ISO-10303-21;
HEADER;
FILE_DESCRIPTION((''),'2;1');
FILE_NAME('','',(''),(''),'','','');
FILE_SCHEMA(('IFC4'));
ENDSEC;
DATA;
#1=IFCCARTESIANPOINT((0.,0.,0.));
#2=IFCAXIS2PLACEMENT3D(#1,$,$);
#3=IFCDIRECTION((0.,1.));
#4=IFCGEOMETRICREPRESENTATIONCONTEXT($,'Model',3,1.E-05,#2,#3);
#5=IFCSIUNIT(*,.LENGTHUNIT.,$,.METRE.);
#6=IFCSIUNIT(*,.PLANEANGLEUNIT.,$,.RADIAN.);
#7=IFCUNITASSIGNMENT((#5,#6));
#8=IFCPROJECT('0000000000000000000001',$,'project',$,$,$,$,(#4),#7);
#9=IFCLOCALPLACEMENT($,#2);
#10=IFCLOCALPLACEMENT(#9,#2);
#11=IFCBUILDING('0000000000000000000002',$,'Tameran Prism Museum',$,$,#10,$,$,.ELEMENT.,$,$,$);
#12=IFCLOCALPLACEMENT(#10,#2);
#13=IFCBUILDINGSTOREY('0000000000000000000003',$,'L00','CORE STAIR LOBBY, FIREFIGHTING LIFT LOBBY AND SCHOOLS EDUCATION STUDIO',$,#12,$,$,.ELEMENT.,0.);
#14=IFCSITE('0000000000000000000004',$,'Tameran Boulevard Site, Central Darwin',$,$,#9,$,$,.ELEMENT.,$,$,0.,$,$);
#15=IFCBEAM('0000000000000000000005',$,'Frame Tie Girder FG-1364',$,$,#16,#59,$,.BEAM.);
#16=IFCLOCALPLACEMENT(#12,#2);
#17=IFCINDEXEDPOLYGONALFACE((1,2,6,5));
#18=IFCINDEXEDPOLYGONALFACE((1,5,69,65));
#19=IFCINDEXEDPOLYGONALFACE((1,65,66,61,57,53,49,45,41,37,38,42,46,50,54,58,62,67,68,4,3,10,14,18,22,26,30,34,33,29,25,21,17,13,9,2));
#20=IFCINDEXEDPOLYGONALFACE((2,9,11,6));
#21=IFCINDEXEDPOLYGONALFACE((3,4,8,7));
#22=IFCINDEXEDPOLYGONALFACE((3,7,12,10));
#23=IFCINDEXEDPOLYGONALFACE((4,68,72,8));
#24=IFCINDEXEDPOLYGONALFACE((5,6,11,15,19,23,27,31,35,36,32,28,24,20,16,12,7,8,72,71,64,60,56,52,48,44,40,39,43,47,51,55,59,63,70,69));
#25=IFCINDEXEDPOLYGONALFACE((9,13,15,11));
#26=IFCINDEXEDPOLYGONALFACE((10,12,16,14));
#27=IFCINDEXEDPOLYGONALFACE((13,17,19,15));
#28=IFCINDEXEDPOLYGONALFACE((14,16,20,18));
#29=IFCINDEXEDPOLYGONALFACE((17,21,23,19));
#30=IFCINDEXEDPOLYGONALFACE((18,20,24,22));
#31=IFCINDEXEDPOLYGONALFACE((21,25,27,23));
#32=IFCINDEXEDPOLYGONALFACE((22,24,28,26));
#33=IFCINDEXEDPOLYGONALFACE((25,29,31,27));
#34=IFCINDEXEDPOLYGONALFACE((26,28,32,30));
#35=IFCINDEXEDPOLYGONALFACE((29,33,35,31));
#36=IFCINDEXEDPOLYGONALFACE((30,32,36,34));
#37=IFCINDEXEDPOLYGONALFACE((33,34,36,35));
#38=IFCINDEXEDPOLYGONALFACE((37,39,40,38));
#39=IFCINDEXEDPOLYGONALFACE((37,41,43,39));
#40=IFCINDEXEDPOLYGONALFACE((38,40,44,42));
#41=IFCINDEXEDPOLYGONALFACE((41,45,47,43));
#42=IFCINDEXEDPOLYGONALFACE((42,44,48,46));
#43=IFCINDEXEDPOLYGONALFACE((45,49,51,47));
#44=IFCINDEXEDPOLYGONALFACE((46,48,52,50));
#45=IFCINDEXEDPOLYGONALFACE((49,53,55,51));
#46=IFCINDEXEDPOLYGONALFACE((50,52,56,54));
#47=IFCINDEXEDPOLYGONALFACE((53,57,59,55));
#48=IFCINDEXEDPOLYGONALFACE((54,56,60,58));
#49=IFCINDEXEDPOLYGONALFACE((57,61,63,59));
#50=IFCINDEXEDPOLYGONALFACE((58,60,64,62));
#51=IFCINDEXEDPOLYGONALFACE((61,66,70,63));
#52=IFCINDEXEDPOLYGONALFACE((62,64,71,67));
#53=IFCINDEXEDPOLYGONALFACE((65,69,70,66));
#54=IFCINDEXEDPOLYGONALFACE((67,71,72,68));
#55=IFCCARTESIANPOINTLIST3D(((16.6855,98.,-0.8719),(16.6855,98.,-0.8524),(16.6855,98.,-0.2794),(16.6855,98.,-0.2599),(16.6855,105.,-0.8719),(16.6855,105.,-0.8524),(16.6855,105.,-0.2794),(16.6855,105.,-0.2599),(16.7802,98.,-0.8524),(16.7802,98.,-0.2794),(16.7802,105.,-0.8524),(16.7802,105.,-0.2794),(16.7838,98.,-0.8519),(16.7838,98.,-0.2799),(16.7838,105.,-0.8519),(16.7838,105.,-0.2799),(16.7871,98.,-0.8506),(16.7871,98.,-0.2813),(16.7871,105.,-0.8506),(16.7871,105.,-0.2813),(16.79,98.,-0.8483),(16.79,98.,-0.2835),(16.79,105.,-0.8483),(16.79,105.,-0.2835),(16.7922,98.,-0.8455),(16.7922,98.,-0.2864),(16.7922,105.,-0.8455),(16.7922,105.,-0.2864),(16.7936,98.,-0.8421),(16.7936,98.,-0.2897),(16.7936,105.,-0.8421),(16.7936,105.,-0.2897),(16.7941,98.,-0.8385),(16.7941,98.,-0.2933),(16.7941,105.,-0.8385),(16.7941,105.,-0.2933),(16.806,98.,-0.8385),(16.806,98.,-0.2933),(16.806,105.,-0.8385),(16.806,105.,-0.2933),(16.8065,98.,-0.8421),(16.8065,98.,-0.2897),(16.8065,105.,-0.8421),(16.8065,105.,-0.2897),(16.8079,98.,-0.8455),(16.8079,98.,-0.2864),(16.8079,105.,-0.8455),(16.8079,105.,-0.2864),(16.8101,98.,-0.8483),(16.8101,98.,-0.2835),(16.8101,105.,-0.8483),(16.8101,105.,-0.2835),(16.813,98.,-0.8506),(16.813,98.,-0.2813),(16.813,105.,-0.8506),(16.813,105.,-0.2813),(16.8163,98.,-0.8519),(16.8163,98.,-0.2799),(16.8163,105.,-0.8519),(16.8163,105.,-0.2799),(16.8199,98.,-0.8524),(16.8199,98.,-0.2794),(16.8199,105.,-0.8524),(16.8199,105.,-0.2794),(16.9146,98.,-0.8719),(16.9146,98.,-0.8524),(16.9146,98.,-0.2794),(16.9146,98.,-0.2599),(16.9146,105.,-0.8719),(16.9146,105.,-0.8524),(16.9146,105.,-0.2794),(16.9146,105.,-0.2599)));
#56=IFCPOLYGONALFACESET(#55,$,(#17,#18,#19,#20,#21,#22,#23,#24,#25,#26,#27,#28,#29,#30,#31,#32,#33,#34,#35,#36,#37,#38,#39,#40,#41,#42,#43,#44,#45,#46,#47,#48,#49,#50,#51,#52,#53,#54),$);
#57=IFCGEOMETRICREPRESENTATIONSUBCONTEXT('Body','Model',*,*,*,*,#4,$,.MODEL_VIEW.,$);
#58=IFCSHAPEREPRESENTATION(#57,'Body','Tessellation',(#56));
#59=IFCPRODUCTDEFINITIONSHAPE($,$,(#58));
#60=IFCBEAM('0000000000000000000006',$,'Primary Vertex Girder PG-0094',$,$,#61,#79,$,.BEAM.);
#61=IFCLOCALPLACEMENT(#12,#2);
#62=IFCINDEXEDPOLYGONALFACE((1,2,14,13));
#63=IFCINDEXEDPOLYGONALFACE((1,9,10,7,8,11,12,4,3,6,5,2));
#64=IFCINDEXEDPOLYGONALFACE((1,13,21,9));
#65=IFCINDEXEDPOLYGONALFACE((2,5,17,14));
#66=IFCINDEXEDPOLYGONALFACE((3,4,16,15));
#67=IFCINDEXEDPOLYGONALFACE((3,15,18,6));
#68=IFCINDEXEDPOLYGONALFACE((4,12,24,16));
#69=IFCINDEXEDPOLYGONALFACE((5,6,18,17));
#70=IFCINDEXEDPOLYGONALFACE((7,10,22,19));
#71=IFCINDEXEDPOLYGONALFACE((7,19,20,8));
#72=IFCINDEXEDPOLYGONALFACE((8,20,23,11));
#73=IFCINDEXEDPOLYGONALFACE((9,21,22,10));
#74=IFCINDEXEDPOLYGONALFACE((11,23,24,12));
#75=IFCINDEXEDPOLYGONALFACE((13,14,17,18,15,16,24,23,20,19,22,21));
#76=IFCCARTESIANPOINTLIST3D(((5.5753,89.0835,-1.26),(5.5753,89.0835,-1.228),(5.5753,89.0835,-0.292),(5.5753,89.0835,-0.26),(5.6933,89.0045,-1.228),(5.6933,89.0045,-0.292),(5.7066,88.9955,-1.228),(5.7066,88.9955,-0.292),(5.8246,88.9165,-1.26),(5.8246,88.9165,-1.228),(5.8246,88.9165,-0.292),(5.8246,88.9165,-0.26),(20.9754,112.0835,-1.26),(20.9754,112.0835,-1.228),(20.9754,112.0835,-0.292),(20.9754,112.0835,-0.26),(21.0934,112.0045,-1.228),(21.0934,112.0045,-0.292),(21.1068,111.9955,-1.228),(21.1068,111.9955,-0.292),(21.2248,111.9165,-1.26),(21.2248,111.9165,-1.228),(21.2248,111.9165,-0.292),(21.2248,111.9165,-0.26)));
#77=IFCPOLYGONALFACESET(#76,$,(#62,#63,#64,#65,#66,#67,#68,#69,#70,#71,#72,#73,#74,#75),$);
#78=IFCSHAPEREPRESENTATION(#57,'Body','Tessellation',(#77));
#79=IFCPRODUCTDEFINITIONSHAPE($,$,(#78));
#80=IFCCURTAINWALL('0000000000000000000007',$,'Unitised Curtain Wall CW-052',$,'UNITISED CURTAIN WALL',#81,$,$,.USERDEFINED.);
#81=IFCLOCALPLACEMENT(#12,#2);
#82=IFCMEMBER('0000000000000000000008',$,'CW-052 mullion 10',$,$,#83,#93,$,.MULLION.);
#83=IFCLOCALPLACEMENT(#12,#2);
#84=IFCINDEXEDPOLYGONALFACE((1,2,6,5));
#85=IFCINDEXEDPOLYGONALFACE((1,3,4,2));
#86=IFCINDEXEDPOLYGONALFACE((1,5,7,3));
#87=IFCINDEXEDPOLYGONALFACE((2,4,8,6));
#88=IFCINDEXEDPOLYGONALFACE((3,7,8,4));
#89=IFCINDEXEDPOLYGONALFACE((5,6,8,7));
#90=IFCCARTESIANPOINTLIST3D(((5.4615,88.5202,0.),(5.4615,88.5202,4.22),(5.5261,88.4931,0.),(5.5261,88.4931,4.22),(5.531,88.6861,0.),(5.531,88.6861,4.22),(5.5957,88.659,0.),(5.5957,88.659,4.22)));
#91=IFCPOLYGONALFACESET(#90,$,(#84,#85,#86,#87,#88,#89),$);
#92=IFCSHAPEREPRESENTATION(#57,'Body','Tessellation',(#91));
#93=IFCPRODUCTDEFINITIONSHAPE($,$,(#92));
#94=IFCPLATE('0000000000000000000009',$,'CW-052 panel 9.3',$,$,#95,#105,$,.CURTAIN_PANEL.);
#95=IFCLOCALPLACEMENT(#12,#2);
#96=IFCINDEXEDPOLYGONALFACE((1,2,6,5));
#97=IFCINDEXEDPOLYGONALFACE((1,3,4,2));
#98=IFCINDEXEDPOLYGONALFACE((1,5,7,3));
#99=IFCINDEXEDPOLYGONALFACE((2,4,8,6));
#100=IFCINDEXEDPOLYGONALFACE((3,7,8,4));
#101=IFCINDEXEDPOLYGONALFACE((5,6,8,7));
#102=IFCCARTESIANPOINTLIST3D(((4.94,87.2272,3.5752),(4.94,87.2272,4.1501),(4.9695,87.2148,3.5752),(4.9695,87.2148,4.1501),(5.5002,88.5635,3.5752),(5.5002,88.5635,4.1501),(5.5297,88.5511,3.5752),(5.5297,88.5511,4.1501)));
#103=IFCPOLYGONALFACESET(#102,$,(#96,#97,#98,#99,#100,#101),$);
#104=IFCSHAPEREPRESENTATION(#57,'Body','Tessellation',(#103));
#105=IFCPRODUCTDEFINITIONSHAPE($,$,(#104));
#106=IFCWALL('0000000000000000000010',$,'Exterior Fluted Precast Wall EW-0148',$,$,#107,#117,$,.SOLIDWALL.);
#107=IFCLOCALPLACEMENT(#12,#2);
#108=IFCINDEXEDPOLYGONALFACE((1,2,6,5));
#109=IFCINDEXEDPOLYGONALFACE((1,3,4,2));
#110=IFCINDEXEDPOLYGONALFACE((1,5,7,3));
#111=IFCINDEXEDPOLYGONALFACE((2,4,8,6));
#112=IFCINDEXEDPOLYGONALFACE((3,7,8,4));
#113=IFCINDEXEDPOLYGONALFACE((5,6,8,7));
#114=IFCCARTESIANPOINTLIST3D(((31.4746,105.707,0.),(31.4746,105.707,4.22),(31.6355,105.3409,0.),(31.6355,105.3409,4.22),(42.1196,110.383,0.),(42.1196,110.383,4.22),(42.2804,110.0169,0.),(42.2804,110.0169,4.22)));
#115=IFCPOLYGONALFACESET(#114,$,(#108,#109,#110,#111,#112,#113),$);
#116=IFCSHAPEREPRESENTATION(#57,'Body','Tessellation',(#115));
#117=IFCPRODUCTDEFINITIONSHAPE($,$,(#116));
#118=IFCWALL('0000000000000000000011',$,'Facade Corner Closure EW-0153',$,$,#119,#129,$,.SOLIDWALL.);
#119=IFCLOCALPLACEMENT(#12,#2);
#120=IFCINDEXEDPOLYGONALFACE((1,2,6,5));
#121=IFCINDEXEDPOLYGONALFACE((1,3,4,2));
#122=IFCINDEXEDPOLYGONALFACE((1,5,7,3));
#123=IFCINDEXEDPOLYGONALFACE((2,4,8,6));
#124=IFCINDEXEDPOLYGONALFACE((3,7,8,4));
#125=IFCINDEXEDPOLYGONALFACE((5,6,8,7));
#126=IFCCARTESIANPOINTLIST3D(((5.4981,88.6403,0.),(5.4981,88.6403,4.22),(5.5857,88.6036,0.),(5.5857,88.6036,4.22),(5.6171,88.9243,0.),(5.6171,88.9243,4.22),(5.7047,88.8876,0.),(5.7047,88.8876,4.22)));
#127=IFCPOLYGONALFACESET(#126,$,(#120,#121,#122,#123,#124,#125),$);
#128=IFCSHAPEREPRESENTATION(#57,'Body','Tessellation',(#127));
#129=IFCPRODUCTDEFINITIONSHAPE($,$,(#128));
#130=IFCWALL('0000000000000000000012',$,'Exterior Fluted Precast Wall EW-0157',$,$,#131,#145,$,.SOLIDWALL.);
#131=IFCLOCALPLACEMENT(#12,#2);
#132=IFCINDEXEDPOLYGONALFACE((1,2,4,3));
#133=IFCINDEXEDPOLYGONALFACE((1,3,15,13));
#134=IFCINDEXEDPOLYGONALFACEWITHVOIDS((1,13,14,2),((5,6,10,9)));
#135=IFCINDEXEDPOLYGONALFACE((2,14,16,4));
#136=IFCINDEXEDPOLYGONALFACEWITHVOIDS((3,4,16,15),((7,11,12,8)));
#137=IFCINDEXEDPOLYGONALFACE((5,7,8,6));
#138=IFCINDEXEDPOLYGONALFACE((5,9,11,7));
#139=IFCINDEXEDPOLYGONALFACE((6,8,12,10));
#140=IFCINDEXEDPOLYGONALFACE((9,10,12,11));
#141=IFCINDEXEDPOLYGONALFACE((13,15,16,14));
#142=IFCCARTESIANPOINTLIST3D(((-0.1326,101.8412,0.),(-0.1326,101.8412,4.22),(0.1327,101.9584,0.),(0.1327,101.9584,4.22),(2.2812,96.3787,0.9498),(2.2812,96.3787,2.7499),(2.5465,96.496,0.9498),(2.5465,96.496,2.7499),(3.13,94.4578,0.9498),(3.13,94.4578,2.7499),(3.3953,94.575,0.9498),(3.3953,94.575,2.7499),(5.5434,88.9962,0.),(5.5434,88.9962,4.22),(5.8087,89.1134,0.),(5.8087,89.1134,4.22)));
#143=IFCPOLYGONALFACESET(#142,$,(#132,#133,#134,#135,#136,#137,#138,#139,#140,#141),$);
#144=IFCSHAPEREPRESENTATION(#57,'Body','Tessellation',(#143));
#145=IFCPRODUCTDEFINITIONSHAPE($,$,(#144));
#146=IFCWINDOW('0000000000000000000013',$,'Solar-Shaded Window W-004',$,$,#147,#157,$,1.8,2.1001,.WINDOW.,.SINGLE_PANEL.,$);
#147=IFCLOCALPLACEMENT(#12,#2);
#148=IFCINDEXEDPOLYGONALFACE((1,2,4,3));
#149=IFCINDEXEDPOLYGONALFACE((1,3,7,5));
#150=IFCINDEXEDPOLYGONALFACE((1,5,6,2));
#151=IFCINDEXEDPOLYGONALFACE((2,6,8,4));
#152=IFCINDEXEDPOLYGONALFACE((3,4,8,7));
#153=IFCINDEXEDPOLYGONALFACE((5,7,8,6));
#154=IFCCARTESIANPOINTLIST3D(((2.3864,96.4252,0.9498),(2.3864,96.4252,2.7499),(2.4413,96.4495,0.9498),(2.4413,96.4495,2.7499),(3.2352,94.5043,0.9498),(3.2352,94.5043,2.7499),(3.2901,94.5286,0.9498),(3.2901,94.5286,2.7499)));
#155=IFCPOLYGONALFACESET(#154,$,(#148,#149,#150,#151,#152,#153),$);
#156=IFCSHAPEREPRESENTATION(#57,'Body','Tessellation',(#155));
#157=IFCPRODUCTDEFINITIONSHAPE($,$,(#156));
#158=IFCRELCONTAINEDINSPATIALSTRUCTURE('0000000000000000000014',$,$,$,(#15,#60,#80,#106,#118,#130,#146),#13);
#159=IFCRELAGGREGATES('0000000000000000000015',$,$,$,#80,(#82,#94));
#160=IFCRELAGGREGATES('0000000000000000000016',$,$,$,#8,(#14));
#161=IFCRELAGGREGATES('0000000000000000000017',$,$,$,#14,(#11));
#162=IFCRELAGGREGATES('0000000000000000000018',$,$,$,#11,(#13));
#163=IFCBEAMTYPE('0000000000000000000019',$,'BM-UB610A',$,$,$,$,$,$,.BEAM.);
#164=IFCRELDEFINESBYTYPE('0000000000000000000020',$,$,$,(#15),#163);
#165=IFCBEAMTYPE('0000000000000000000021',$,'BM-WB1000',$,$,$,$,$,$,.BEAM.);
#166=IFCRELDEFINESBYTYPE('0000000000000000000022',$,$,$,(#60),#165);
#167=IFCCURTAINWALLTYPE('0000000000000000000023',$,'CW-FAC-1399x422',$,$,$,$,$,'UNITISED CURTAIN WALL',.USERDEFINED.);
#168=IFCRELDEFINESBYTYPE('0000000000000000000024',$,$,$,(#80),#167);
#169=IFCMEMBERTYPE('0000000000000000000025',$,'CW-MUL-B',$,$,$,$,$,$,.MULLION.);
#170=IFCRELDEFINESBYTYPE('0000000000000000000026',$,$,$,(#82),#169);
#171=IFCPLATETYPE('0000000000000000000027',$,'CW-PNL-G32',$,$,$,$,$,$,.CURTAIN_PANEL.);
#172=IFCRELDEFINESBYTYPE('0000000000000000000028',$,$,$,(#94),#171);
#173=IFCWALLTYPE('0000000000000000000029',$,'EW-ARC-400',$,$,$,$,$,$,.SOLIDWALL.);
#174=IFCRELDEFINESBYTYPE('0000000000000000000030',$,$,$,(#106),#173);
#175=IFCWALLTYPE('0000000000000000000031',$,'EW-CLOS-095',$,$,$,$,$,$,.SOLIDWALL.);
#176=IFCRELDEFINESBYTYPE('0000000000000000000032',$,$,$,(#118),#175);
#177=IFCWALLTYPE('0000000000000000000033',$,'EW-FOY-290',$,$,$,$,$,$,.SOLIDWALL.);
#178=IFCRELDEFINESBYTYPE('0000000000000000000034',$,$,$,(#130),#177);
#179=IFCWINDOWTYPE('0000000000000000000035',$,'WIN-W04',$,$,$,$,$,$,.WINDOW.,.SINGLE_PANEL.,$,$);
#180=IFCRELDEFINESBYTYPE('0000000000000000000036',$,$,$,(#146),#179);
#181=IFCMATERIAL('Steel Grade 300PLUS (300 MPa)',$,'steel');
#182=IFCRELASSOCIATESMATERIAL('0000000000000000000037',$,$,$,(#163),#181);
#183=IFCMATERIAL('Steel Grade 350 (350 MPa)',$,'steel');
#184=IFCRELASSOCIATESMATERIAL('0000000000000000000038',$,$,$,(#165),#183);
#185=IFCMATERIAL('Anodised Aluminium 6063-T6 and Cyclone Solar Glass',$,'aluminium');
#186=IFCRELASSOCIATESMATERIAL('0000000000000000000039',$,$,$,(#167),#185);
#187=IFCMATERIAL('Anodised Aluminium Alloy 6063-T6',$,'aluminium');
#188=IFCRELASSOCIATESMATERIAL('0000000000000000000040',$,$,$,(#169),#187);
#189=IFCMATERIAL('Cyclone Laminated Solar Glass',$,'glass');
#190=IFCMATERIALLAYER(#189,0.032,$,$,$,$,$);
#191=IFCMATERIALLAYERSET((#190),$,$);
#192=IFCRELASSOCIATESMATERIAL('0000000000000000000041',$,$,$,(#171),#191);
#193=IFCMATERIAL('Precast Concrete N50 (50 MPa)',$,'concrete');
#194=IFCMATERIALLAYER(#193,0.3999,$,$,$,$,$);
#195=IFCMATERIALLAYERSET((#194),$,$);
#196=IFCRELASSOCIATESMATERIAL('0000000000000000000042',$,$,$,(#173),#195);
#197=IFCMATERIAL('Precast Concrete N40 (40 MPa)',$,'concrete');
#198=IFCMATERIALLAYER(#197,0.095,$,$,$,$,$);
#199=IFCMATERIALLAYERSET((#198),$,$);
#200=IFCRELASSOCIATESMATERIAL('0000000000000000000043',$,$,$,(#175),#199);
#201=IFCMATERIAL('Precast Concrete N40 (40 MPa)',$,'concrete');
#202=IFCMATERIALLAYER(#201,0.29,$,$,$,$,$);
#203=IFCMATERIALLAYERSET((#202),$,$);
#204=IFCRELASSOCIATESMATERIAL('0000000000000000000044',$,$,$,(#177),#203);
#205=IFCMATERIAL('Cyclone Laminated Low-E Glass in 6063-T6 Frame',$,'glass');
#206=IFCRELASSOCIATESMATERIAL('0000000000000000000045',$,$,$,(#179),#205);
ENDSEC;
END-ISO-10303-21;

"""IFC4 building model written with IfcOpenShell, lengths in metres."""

from ifc_helpers import new_model, si_unit, direction, frame, frame_2d, origin, origin_2d, place, context, subcontext, project, spatial, rectangle, i_section, extrude, material, layer, layer_set, material_profile, profile_set, type_object, element, fill, aggregate, save


model = new_model("IFC4")

# Units and contexts
model_context = context("Model", 3, precision=1e-05, world=origin(), true_north=direction((0.0, 1.0)))
body_context = subcontext(model_context, "Body", "Model", "MODEL_VIEW")
ifc_project = project(units=[si_unit("LENGTHUNIT", "METRE"), si_unit("PLANEANGLEUNIT", "RADIAN")], contexts=[model_context])

# Site, building, storey
site_placement = place(None, origin())
site = spatial("IfcSite", under=ifc_project, at=site_placement, Name="Tameran Boulevard Site, Central Darwin", CompositionType="ELEMENT", RefElevation=0.0)
building_placement = place(site_placement, origin())
building = spatial("IfcBuilding", under=site, at=building_placement, Name="Tameran Prism Museum", CompositionType="ELEMENT")
storey_placement = place(building_placement, origin())
storey = spatial("IfcBuildingStorey", under=building, at=storey_placement, Name="L00", Description="CORE STAIR LOBBY, FIREFIGHTING LIFT LOBBY AND SCHOOLS EDUCATION STUDIO", CompositionType="ELEMENT", Elevation=0.0)

# Beams
ifc_material_1 = material(Name="Steel Grade 300PLUS (300 MPa)", Category="steel")
ifc_material_profile_1 = material_profile(ifc_material_1, i_section(OverallWidth=0.229, OverallDepth=0.6121, WebThickness=0.012, FlangeThickness=0.0195, FilletRadius=0.0139, at=origin_2d()))
ifc_profile_set_1 = profile_set([ifc_material_profile_1])
beam_type_1 = type_object("IfcBeamType", Name="BM-UB610A", PredefinedType="BEAM", material=ifc_profile_set_1)
beam_1_placement = place(storey_placement, frame((16.8, 98.0, -0.5659), z_axis=(0.0, 1.0, 0.0), x_axis=(-1.0, 0.0, 0.0)))
element("IfcBeam", 1, at=beam_1_placement, inside=storey, type_object=beam_type_1, Name="Frame Tie Girder FG-1364", PredefinedType="BEAM", context=body_context, shape_type="SweptSolid", body=[
    extrude(i_section(OverallWidth=0.229, OverallDepth=0.6121, WebThickness=0.012, FlangeThickness=0.0195, FilletRadius=0.0139, at=origin_2d()), origin(), (0.0, 0.0, 1.0), 7.0),
])
ifc_material_2 = material(Name="Steel Grade 350 (350 MPa)", Category="steel")
ifc_material_profile_2 = material_profile(ifc_material_2, i_section(OverallWidth=0.3, OverallDepth=1.0, WebThickness=0.0161, FlangeThickness=0.032, at=origin_2d()))
ifc_profile_set_2 = profile_set([ifc_material_profile_2])
beam_type_2 = type_object("IfcBeamType", Name="BM-WB1000", PredefinedType="BEAM", material=ifc_profile_set_2)
beam_2_placement = place(storey_placement, frame((5.7, 89.0, -0.76), z_axis=(0.55637, 0.830935, 0.0), x_axis=(-0.830935, 0.55637, 0.0)))
element("IfcBeam", 2, at=beam_2_placement, inside=storey, type_object=beam_type_2, Name="Primary Vertex Girder PG-0094", PredefinedType="BEAM", context=body_context, shape_type="SweptSolid", body=[
    extrude(i_section(OverallWidth=0.3, OverallDepth=1.0, WebThickness=0.0161, FlangeThickness=0.032, at=origin_2d()), origin(), (0.0, 0.0, 1.0), 27.6797),
])

# Curtain wall, member, plate
ifc_material_3 = material(Name="Anodised Aluminium 6063-T6 and Cyclone Solar Glass", Category="aluminium")
curtain_wall_type = type_object("IfcCurtainWallType", Name="CW-FAC-1399x422", ElementType="UNITISED CURTAIN WALL", PredefinedType="USERDEFINED", material=ifc_material_3)
curtain_wall_placement = place(storey_placement, origin())
curtain_wall = element("IfcCurtainWall", 3, at=curtain_wall_placement, inside=storey, type_object=curtain_wall_type, Name="Unitised Curtain Wall CW-052", ObjectType="UNITISED CURTAIN WALL", PredefinedType="USERDEFINED")
ifc_material_4 = material(Name="Anodised Aluminium Alloy 6063-T6", Category="aluminium")
ifc_material_profile_3 = material_profile(ifc_material_4, rectangle(XDim=0.0701, YDim=0.1799, at=origin_2d()))
ifc_profile_set_3 = profile_set([ifc_material_profile_3])
member_type = type_object("IfcMemberType", Name="CW-MUL-B", PredefinedType="MULLION", material=ifc_profile_set_3)
member_placement = place(storey_placement, frame((5.5286, 88.5896, 0.0), z_axis=(0.0, 0.0, 1.0), x_axis=(-0.922252, 0.386589, 0.0)))
member = element("IfcMember", 4, at=member_placement, type_object=member_type, Name="CW-052 mullion 10", PredefinedType="MULLION", context=body_context, shape_type="SweptSolid", body=[
    extrude(rectangle(XDim=0.0701, YDim=0.1799, at=origin_2d()), origin(), (0.0, 0.0, 1.0), 4.22),
])
ifc_material_5 = material(Name="Cyclone Laminated Solar Glass", Category="glass")
ifc_layer_1 = layer(ifc_material_5, 0.032)
ifc_layer_set_1 = layer_set([ifc_layer_1])
plate_type = type_object("IfcPlateType", Name="CW-PNL-G32", PredefinedType="CURTAIN_PANEL", material=ifc_layer_set_1)
plate_placement = place(storey_placement, frame((5.2349, 87.8892, 3.5752), z_axis=(0.0, 0.0, 1.0), x_axis=(0.386589, 0.922252, 0.0)))
plate = element("IfcPlate", 5, at=plate_placement, type_object=plate_type, Name="CW-052 panel 9.3", PredefinedType="CURTAIN_PANEL", context=body_context, shape_type="SweptSolid", body=[
    extrude(rectangle(XDim=1.449, YDim=0.032, at=origin_2d()), origin(), (0.0, 0.0, 1.0), 0.575),
])
aggregate(curtain_wall, [member, plate])

# Walls
ifc_material_6 = material(Name="Precast Concrete N50 (50 MPa)", Category="concrete")
ifc_layer_2 = layer(ifc_material_6, 0.3999)
ifc_layer_set_2 = layer_set([ifc_layer_2])
wall_type_1 = type_object("IfcWallType", Name="EW-ARC-400", PredefinedType="SOLIDWALL", material=ifc_layer_set_2)
wall_1_placement = place(storey_placement, frame((31.5549, 105.5239, 0.0), z_axis=(0.0, 0.0, 1.0), x_axis=(0.915562, 0.402178, 0.0)))
element("IfcWall", 6, at=wall_1_placement, inside=storey, type_object=wall_type_1, Name="Exterior Fluted Precast Wall EW-0148", PredefinedType="SOLIDWALL", context=body_context, shape_type="SweptSolid", body=[
    extrude(rectangle(XDim=11.6267, YDim=0.3999, at=frame_2d((5.8135, 0.0))), origin(), (0.0, 0.0, 1.0), 4.22),
])
ifc_material_7 = material(Name="Precast Concrete N40 (40 MPa)", Category="concrete")
ifc_layer_3 = layer(ifc_material_7, 0.095)
ifc_layer_set_3 = layer_set([ifc_layer_3])
wall_type_2 = type_object("IfcWallType", Name="EW-CLOS-095", PredefinedType="SOLIDWALL", material=ifc_layer_set_3)
wall_2_placement = place(storey_placement, frame((5.542, 88.6221, 0.0), z_axis=(0.0, 0.0, 1.0), x_axis=(0.386248, 0.922395, 0.0)))
element("IfcWall", 7, at=wall_2_placement, inside=storey, type_object=wall_type_2, Name="Facade Corner Closure EW-0153", PredefinedType="SOLIDWALL", context=body_context, shape_type="SweptSolid", body=[
    extrude(rectangle(XDim=0.3079, YDim=0.095, at=frame_2d((0.1538, 0.0))), origin(), (0.0, 0.0, 1.0), 4.22),
])

# Shared definitions
ifc_material_8 = material(Name="Precast Concrete N40 (40 MPa)", Category="concrete")
ifc_layer_4 = layer(ifc_material_8, 0.29)
ifc_layer_set_4 = layer_set([ifc_layer_4])
wall_type_3 = type_object("IfcWallType", Name="EW-FOY-290", PredefinedType="SOLIDWALL", material=ifc_layer_set_4)

# Wall, opening, window
wall_3_placement = place(storey_placement, frame((5.676, 89.0549, 0.0), z_axis=(0.0, 0.0, 1.0), x_axis=(-0.404184, 0.914678, 0.0)))
wall_3 = element("IfcWall", 8, at=wall_3_placement, inside=storey, type_object=wall_type_3, Name="Exterior Fluted Precast Wall EW-0157", PredefinedType="SOLIDWALL", context=body_context, shape_type="SweptSolid", body=[
    extrude(rectangle(XDim=14.0432, YDim=0.29, at=frame_2d((7.0215, 0.0))), origin(), (0.0, 0.0, 1.0), 4.22),
])
opening_1_placement = place(wall_3_placement, frame((5.9709, 0.0, 0.95)))
opening_1 = element("IfcOpeningElement", 9, at=opening_1_placement, cuts=wall_3, PredefinedType="OPENING", context=body_context, shape_type="SweptSolid", body=[
    extrude(rectangle(XDim=2.1001, YDim=1.8, at=frame_2d((1.05, 0.8999))), frame((0.0, 0.155, 0.0), z_axis=(0.0, -1.0, 0.0), x_axis=(1.0, 0.0, 0.0)), (0.0, 0.0, 1.0), 0.3101),
])
ifc_material_9 = material(Name="Cyclone Laminated Low-E Glass in 6063-T6 Frame", Category="glass")
window_type = type_object("IfcWindowType", Name="WIN-W04", PartitioningType="SINGLE_PANEL", PredefinedType="WINDOW", material=ifc_material_9)
window_placement = place(opening_1_placement, origin())
window = element("IfcWindow", 10, at=window_placement, inside=storey, type_object=window_type, Name="Solar-Shaded Window W-004", OverallHeight=1.8, OverallWidth=2.1001, PartitioningType="SINGLE_PANEL", PredefinedType="WINDOW", context=body_context, shape_type="SweptSolid", body=[
    extrude(rectangle(XDim=2.1001, YDim=1.8, at=frame_2d((1.05, 0.8999))), frame((0.0, 0.03, 0.0), z_axis=(0.0, -1.0, 0.0), x_axis=(1.0, 0.0, 0.0)), (0.0, 0.0, 1.0), 0.0601),
])
fill(opening_1, window)

save(model, "model.ifc")
